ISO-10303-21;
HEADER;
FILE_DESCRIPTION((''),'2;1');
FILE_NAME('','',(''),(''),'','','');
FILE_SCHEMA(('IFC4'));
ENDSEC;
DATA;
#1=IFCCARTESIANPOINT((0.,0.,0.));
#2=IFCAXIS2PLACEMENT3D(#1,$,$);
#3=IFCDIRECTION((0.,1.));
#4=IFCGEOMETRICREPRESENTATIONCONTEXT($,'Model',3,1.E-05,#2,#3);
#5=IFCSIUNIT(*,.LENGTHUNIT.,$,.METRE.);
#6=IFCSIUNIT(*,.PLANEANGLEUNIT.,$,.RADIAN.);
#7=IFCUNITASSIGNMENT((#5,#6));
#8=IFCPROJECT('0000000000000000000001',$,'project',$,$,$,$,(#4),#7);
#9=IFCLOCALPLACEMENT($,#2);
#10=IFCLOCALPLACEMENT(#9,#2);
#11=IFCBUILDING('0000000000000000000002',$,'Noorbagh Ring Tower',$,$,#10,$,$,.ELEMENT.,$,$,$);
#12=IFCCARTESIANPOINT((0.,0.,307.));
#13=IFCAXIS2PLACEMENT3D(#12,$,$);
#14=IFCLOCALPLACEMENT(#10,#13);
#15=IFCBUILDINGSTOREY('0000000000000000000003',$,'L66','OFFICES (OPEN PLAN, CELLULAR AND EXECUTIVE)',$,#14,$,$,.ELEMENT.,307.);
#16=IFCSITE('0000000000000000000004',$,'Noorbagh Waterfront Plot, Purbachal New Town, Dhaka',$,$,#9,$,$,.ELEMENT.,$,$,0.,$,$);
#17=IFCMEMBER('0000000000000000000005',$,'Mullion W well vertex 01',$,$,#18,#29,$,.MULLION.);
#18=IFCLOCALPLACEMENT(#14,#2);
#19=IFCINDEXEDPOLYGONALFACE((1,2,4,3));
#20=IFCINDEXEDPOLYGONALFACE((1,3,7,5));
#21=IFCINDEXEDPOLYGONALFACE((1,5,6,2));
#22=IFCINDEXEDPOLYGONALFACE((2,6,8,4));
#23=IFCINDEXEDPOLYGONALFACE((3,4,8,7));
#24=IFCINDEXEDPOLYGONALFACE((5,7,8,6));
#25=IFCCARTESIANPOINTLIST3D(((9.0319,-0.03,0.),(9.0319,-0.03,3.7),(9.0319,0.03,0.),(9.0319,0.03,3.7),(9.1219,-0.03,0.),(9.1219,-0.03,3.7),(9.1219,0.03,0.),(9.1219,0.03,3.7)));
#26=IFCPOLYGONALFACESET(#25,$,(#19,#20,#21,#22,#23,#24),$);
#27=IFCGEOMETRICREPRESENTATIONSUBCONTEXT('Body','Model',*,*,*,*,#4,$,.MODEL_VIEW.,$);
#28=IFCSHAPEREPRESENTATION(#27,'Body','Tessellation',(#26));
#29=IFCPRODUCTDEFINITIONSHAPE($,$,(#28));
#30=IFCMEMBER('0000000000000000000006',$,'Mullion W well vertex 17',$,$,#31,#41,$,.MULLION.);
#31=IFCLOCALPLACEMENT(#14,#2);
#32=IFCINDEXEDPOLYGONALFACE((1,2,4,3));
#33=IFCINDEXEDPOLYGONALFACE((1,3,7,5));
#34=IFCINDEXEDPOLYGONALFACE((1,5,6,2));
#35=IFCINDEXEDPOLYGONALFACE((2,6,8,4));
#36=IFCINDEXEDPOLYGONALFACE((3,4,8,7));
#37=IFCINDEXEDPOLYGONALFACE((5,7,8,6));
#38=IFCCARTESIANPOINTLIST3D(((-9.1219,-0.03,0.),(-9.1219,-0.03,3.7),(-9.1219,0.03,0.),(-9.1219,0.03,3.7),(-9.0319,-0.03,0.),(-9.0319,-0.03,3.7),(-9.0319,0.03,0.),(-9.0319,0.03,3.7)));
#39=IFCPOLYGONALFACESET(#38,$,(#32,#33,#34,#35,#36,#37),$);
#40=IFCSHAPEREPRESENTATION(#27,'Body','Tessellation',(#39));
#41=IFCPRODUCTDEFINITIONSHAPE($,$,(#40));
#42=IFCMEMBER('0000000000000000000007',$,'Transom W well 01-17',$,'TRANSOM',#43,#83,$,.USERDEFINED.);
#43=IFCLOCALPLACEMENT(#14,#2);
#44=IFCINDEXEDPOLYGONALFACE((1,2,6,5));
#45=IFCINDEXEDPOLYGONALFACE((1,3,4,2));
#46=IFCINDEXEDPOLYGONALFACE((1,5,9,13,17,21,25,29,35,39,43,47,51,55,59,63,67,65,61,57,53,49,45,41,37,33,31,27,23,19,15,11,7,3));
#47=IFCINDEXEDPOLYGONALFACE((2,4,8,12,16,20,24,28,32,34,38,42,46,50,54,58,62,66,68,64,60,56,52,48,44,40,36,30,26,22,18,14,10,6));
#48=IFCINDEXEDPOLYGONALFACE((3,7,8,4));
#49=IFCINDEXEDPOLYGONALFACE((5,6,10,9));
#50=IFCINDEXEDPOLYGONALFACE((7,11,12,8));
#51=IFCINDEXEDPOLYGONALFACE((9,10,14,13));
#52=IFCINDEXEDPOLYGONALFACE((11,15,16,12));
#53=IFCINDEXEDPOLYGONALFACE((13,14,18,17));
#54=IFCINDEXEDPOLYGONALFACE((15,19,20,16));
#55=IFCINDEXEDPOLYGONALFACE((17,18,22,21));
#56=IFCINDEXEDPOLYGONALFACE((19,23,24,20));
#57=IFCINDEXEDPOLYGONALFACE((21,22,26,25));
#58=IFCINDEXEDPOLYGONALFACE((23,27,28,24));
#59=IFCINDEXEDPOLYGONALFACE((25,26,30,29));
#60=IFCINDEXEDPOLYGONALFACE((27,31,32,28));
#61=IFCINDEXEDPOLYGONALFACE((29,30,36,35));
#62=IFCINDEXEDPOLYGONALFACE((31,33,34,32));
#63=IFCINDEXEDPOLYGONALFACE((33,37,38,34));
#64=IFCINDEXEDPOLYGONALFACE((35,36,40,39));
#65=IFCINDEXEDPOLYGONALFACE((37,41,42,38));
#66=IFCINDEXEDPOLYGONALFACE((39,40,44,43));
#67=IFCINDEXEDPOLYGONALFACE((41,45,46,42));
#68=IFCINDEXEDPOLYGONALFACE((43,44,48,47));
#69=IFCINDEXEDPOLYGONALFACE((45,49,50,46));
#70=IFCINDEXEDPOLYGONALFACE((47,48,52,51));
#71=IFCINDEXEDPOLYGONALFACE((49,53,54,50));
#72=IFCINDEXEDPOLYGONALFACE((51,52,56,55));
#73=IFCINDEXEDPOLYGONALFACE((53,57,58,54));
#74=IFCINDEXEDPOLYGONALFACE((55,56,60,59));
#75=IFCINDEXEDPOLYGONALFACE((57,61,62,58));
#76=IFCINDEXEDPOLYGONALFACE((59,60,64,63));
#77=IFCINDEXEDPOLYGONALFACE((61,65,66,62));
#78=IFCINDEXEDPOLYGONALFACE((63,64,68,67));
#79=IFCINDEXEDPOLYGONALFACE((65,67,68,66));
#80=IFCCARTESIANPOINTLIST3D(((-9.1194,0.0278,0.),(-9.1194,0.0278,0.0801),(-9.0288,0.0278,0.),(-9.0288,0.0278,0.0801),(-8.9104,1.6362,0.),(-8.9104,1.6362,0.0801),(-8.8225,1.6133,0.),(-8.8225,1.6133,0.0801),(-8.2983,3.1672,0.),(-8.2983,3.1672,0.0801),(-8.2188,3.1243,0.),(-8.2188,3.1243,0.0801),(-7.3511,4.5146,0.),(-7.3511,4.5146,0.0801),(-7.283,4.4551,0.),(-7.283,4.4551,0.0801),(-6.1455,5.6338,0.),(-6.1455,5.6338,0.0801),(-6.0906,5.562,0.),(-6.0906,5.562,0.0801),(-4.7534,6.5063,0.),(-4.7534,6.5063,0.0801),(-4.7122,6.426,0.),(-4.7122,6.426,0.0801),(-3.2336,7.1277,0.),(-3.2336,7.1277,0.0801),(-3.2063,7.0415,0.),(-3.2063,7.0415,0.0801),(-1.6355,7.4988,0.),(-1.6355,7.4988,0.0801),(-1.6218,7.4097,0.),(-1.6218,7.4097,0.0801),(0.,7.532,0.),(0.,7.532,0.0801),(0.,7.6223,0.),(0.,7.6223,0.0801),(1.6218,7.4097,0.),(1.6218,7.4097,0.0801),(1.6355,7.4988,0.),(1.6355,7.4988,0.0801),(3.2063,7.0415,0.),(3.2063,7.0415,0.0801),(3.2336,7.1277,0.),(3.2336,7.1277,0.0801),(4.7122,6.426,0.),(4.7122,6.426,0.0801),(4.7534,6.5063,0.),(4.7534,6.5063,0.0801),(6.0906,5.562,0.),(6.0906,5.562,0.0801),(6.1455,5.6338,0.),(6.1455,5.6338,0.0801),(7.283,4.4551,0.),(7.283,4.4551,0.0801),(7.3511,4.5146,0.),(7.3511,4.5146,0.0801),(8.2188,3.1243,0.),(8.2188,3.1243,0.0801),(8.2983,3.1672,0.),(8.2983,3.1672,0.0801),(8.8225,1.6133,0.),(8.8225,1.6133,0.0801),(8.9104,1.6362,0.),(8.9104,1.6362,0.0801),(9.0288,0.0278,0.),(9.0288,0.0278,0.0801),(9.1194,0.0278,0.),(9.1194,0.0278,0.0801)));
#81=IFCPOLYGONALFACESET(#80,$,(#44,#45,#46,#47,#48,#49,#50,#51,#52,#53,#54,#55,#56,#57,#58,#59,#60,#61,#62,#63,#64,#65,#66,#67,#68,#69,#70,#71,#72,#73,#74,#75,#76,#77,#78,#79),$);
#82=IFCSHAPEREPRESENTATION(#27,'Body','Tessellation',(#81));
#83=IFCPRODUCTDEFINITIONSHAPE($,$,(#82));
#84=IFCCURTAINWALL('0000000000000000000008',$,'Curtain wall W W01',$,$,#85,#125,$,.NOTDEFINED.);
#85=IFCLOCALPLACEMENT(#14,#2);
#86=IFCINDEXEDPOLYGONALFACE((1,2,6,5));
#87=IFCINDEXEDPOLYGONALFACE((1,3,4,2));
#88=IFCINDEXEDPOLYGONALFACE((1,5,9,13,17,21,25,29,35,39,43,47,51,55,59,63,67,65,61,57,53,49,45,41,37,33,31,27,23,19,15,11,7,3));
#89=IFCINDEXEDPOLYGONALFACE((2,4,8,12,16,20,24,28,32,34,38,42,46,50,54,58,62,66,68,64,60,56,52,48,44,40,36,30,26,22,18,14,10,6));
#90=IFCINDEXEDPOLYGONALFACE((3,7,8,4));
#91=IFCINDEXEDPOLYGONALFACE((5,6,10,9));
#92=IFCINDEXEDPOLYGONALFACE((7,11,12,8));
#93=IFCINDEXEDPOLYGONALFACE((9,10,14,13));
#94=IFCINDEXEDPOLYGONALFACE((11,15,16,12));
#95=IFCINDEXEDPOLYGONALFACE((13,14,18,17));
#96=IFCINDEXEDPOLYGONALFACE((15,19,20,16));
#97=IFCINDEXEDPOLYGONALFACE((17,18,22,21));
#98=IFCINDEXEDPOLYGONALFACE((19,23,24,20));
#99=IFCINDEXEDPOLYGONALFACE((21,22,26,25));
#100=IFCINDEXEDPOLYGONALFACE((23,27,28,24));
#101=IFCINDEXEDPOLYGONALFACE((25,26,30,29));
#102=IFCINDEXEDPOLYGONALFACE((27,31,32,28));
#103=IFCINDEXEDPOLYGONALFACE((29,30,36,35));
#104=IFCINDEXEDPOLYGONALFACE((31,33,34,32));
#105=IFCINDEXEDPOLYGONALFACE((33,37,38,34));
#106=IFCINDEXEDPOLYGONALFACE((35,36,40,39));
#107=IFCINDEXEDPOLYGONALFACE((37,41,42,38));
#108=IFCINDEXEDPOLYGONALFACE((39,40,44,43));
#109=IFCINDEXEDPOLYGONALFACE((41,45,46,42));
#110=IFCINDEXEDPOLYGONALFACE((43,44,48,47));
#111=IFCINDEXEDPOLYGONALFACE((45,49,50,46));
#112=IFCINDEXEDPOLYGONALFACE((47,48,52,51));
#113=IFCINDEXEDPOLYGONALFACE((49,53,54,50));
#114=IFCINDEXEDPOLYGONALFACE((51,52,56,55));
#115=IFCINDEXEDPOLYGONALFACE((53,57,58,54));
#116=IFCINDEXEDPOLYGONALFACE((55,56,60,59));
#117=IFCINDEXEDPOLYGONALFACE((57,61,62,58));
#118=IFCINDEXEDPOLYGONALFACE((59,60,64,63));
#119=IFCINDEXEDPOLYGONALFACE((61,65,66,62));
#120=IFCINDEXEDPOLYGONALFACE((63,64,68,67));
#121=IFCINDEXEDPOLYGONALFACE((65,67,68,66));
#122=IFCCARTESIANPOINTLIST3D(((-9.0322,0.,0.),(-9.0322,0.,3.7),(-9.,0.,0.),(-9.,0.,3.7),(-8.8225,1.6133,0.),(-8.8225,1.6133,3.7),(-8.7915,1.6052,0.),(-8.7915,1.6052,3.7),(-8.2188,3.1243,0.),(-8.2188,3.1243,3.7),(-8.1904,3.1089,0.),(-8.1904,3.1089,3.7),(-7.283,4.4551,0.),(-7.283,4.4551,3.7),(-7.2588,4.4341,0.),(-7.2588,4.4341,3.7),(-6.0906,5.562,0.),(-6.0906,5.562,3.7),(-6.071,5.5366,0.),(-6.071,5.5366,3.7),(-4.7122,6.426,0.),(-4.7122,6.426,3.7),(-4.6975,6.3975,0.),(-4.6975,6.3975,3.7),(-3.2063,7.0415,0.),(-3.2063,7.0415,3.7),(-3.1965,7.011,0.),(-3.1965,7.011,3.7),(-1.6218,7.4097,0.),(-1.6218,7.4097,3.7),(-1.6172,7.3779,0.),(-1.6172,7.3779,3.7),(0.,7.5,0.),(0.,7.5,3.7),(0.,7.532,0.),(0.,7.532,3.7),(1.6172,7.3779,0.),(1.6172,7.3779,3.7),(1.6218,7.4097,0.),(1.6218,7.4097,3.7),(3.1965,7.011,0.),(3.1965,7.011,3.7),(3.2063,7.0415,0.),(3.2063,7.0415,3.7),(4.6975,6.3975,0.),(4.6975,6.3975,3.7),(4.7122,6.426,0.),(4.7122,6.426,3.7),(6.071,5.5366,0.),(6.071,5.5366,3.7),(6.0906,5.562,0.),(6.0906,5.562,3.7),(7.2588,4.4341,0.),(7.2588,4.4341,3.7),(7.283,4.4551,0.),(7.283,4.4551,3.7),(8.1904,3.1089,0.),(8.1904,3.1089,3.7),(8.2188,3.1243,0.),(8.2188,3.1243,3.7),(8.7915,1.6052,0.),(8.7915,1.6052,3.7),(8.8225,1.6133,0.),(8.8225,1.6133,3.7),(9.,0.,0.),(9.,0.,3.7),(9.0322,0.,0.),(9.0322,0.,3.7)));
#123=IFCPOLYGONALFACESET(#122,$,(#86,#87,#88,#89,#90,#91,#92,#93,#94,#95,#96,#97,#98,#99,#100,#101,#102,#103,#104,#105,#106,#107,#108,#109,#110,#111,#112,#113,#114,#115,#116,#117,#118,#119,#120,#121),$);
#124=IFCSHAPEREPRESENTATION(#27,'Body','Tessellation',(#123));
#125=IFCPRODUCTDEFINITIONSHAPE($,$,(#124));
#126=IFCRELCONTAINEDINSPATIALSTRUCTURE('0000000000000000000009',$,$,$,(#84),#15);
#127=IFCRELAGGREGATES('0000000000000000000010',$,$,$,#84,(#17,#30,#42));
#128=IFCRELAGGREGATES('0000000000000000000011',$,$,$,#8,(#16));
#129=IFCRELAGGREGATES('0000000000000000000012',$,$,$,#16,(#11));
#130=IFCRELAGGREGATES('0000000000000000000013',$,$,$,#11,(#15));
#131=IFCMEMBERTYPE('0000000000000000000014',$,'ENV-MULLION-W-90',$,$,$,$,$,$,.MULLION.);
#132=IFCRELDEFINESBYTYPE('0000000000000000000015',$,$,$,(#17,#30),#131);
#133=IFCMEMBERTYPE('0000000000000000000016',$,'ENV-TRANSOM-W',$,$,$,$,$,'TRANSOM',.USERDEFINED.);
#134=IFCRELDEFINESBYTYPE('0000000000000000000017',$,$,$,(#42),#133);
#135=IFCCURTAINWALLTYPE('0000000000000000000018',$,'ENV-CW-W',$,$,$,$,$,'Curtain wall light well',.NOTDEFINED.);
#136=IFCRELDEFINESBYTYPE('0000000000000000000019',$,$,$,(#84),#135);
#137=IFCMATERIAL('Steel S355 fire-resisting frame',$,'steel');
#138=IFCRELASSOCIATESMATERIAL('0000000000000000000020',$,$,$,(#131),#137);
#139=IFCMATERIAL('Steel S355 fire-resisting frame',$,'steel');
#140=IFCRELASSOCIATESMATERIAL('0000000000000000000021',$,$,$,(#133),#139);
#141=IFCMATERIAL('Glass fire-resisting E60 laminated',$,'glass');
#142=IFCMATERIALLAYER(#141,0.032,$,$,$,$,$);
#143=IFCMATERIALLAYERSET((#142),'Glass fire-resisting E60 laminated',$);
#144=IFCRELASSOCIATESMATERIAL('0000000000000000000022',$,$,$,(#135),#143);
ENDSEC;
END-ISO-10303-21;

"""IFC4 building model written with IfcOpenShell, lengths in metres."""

from ifc_helpers import new_model, si_unit, direction, frame, origin, origin_2d, place, context, subcontext, project, spatial, polyline, rectangle, outline, extrude, material, layer, layer_set, material_profile, profile_set, type_object, element, aggregate, save


model = new_model("IFC4")

# Units and contexts
model_context = context("Model", 3, precision=1e-05, world=origin(), true_north=direction((0.0, 1.0)))
body_context = subcontext(model_context, "Body", "Model", "MODEL_VIEW")
ifc_project = project(units=[si_unit("LENGTHUNIT", "METRE"), si_unit("PLANEANGLEUNIT", "RADIAN")], contexts=[model_context])

# Members
site_placement = place(None, origin())
building_placement = place(site_placement, origin())
storey_placement = place(building_placement, frame((0.0, 0.0, 307.0)))
ifc_material_1 = material(Name="Steel S355 fire-resisting frame", Category="steel")
ifc_material_profile_1 = material_profile(ifc_material_1, rectangle(XDim=0.0901, YDim=0.0601, at=origin_2d()), Name="90x60")
ifc_profile_set_1 = profile_set([ifc_material_profile_1], Name="Steel S355 fire-resisting frame")
member_type_1 = type_object("IfcMemberType", Name="ENV-MULLION-W-90", PredefinedType="MULLION", material=ifc_profile_set_1)
member_1_placement = place(storey_placement, frame((9.0769, 0.0, 0.0), z_axis=(0.0, 0.0, 1.0), x_axis=(1.0, 0.0, 0.0)))
member_1 = element("IfcMember", 1, at=member_1_placement, type_object=member_type_1, Name="Mullion W well vertex 01", PredefinedType="MULLION", context=body_context, shape_type="SweptSolid", body=[
    extrude(rectangle(XDim=0.0901, YDim=0.0601, at=origin_2d()), origin(), (0.0, 0.0, 1.0), 3.7),
])
member_2_placement = place(storey_placement, frame((-9.0769, 0.0, 0.0), z_axis=(0.0, 0.0, 1.0), x_axis=(-1.0, 0.0, 0.0)))
member_2 = element("IfcMember", 2, at=member_2_placement, type_object=member_type_1, Name="Mullion W well vertex 17", PredefinedType="MULLION", context=body_context, shape_type="SweptSolid", body=[
    extrude(rectangle(XDim=0.0901, YDim=0.0601, at=origin_2d()), origin(), (0.0, 0.0, 1.0), 3.7),
])
ifc_material_2 = material(Name="Steel S355 fire-resisting frame", Category="steel")
member_type_2 = type_object("IfcMemberType", Name="ENV-TRANSOM-W", ElementType="TRANSOM", PredefinedType="USERDEFINED", material=ifc_material_2)
member_3_placement = place(storey_placement, origin())
member_3 = element("IfcMember", 3, at=member_3_placement, type_object=member_type_2, Name="Transom W well 01-17", ObjectType="TRANSOM", PredefinedType="USERDEFINED", context=body_context, shape_type="SweptSolid", body=[
    extrude(outline(polyline([(9.1194, 0.0278), (8.9104, 1.6362), (8.2983, 3.1672), (7.3511, 4.5146), (6.1455, 5.6338), (4.7534, 6.5063), (3.2336, 7.1277), (1.6355, 7.4988), (0.0, 7.6223), (-1.6355, 7.4988), (-3.2336, 7.1277), (-4.7534, 6.5063), (-6.1455, 5.6338), (-7.3511, 4.5146), (-8.2983, 3.1672), (-8.9104, 1.6362), (-9.1194, 0.0278), (-9.0288, 0.0278), (-8.8225, 1.6133), (-8.2188, 3.1243), (-7.283, 4.4551), (-6.0906, 5.562), (-4.7122, 6.426), (-3.2063, 7.0415), (-1.6218, 7.4097), (0.0, 7.532), (1.6218, 7.4097), (3.2063, 7.0415), (4.7122, 6.426), (6.0906, 5.562), (7.283, 4.4551), (8.2188, 3.1243), (8.8225, 1.6133), (9.0288, 0.0278), (9.1194, 0.0278)])), origin(), (0.0, 0.0, 1.0), 0.0801),
])

# Site, building, storey
site = spatial("IfcSite", under=ifc_project, at=site_placement, Name="Noorbagh Waterfront Plot, Purbachal New Town, Dhaka", CompositionType="ELEMENT", RefElevation=0.0)
building = spatial("IfcBuilding", under=site, at=building_placement, Name="Noorbagh Ring Tower", CompositionType="ELEMENT")
storey = spatial("IfcBuildingStorey", under=building, at=storey_placement, Name="L66", Description="OFFICES (OPEN PLAN, CELLULAR AND EXECUTIVE)", CompositionType="ELEMENT", Elevation=307.0)

# Curtain wall
ifc_material_3 = material(Name="Glass fire-resisting E60 laminated", Category="glass")
ifc_layer_1 = layer(ifc_material_3, 0.032)
ifc_layer_set_1 = layer_set([ifc_layer_1], Name="Glass fire-resisting E60 laminated")
curtain_wall_type_1 = type_object("IfcCurtainWallType", Name="ENV-CW-W", ElementType="Curtain wall light well", PredefinedType="NOTDEFINED", material=ifc_layer_set_1)
curtain_wall_1_placement = place(storey_placement, origin())
curtain_wall_1 = element("IfcCurtainWall", 4, at=curtain_wall_1_placement, inside=storey, type_object=curtain_wall_type_1, Name="Curtain wall W W01", PredefinedType="NOTDEFINED", context=body_context, shape_type="SweptSolid", body=[
    extrude(outline(polyline([(9.0322, 0.0), (8.8225, 1.6133), (8.2188, 3.1243), (7.283, 4.4551), (6.0906, 5.562), (4.7122, 6.426), (3.2063, 7.0415), (1.6218, 7.4097), (0.0, 7.532), (-1.6218, 7.4097), (-3.2063, 7.0415), (-4.7122, 6.426), (-6.0906, 5.562), (-7.283, 4.4551), (-8.2188, 3.1243), (-8.8225, 1.6133), (-9.0322, 0.0), (-9.0, 0.0), (-8.7915, 1.6052), (-8.1904, 3.1089), (-7.2588, 4.4341), (-6.071, 5.5366), (-4.6975, 6.3975), (-3.1965, 7.011), (-1.6172, 7.3779), (0.0, 7.5), (1.6172, 7.3779), (3.1965, 7.011), (4.6975, 6.3975), (6.071, 5.5366), (7.2588, 4.4341), (8.1904, 3.1089), (8.7915, 1.6052), (9.0, 0.0), (9.0322, 0.0)])), origin(), (0.0, 0.0, 1.0), 3.7),
])
aggregate(curtain_wall_1, [member_1, member_2, member_3])

save(model, "model.ifc")
